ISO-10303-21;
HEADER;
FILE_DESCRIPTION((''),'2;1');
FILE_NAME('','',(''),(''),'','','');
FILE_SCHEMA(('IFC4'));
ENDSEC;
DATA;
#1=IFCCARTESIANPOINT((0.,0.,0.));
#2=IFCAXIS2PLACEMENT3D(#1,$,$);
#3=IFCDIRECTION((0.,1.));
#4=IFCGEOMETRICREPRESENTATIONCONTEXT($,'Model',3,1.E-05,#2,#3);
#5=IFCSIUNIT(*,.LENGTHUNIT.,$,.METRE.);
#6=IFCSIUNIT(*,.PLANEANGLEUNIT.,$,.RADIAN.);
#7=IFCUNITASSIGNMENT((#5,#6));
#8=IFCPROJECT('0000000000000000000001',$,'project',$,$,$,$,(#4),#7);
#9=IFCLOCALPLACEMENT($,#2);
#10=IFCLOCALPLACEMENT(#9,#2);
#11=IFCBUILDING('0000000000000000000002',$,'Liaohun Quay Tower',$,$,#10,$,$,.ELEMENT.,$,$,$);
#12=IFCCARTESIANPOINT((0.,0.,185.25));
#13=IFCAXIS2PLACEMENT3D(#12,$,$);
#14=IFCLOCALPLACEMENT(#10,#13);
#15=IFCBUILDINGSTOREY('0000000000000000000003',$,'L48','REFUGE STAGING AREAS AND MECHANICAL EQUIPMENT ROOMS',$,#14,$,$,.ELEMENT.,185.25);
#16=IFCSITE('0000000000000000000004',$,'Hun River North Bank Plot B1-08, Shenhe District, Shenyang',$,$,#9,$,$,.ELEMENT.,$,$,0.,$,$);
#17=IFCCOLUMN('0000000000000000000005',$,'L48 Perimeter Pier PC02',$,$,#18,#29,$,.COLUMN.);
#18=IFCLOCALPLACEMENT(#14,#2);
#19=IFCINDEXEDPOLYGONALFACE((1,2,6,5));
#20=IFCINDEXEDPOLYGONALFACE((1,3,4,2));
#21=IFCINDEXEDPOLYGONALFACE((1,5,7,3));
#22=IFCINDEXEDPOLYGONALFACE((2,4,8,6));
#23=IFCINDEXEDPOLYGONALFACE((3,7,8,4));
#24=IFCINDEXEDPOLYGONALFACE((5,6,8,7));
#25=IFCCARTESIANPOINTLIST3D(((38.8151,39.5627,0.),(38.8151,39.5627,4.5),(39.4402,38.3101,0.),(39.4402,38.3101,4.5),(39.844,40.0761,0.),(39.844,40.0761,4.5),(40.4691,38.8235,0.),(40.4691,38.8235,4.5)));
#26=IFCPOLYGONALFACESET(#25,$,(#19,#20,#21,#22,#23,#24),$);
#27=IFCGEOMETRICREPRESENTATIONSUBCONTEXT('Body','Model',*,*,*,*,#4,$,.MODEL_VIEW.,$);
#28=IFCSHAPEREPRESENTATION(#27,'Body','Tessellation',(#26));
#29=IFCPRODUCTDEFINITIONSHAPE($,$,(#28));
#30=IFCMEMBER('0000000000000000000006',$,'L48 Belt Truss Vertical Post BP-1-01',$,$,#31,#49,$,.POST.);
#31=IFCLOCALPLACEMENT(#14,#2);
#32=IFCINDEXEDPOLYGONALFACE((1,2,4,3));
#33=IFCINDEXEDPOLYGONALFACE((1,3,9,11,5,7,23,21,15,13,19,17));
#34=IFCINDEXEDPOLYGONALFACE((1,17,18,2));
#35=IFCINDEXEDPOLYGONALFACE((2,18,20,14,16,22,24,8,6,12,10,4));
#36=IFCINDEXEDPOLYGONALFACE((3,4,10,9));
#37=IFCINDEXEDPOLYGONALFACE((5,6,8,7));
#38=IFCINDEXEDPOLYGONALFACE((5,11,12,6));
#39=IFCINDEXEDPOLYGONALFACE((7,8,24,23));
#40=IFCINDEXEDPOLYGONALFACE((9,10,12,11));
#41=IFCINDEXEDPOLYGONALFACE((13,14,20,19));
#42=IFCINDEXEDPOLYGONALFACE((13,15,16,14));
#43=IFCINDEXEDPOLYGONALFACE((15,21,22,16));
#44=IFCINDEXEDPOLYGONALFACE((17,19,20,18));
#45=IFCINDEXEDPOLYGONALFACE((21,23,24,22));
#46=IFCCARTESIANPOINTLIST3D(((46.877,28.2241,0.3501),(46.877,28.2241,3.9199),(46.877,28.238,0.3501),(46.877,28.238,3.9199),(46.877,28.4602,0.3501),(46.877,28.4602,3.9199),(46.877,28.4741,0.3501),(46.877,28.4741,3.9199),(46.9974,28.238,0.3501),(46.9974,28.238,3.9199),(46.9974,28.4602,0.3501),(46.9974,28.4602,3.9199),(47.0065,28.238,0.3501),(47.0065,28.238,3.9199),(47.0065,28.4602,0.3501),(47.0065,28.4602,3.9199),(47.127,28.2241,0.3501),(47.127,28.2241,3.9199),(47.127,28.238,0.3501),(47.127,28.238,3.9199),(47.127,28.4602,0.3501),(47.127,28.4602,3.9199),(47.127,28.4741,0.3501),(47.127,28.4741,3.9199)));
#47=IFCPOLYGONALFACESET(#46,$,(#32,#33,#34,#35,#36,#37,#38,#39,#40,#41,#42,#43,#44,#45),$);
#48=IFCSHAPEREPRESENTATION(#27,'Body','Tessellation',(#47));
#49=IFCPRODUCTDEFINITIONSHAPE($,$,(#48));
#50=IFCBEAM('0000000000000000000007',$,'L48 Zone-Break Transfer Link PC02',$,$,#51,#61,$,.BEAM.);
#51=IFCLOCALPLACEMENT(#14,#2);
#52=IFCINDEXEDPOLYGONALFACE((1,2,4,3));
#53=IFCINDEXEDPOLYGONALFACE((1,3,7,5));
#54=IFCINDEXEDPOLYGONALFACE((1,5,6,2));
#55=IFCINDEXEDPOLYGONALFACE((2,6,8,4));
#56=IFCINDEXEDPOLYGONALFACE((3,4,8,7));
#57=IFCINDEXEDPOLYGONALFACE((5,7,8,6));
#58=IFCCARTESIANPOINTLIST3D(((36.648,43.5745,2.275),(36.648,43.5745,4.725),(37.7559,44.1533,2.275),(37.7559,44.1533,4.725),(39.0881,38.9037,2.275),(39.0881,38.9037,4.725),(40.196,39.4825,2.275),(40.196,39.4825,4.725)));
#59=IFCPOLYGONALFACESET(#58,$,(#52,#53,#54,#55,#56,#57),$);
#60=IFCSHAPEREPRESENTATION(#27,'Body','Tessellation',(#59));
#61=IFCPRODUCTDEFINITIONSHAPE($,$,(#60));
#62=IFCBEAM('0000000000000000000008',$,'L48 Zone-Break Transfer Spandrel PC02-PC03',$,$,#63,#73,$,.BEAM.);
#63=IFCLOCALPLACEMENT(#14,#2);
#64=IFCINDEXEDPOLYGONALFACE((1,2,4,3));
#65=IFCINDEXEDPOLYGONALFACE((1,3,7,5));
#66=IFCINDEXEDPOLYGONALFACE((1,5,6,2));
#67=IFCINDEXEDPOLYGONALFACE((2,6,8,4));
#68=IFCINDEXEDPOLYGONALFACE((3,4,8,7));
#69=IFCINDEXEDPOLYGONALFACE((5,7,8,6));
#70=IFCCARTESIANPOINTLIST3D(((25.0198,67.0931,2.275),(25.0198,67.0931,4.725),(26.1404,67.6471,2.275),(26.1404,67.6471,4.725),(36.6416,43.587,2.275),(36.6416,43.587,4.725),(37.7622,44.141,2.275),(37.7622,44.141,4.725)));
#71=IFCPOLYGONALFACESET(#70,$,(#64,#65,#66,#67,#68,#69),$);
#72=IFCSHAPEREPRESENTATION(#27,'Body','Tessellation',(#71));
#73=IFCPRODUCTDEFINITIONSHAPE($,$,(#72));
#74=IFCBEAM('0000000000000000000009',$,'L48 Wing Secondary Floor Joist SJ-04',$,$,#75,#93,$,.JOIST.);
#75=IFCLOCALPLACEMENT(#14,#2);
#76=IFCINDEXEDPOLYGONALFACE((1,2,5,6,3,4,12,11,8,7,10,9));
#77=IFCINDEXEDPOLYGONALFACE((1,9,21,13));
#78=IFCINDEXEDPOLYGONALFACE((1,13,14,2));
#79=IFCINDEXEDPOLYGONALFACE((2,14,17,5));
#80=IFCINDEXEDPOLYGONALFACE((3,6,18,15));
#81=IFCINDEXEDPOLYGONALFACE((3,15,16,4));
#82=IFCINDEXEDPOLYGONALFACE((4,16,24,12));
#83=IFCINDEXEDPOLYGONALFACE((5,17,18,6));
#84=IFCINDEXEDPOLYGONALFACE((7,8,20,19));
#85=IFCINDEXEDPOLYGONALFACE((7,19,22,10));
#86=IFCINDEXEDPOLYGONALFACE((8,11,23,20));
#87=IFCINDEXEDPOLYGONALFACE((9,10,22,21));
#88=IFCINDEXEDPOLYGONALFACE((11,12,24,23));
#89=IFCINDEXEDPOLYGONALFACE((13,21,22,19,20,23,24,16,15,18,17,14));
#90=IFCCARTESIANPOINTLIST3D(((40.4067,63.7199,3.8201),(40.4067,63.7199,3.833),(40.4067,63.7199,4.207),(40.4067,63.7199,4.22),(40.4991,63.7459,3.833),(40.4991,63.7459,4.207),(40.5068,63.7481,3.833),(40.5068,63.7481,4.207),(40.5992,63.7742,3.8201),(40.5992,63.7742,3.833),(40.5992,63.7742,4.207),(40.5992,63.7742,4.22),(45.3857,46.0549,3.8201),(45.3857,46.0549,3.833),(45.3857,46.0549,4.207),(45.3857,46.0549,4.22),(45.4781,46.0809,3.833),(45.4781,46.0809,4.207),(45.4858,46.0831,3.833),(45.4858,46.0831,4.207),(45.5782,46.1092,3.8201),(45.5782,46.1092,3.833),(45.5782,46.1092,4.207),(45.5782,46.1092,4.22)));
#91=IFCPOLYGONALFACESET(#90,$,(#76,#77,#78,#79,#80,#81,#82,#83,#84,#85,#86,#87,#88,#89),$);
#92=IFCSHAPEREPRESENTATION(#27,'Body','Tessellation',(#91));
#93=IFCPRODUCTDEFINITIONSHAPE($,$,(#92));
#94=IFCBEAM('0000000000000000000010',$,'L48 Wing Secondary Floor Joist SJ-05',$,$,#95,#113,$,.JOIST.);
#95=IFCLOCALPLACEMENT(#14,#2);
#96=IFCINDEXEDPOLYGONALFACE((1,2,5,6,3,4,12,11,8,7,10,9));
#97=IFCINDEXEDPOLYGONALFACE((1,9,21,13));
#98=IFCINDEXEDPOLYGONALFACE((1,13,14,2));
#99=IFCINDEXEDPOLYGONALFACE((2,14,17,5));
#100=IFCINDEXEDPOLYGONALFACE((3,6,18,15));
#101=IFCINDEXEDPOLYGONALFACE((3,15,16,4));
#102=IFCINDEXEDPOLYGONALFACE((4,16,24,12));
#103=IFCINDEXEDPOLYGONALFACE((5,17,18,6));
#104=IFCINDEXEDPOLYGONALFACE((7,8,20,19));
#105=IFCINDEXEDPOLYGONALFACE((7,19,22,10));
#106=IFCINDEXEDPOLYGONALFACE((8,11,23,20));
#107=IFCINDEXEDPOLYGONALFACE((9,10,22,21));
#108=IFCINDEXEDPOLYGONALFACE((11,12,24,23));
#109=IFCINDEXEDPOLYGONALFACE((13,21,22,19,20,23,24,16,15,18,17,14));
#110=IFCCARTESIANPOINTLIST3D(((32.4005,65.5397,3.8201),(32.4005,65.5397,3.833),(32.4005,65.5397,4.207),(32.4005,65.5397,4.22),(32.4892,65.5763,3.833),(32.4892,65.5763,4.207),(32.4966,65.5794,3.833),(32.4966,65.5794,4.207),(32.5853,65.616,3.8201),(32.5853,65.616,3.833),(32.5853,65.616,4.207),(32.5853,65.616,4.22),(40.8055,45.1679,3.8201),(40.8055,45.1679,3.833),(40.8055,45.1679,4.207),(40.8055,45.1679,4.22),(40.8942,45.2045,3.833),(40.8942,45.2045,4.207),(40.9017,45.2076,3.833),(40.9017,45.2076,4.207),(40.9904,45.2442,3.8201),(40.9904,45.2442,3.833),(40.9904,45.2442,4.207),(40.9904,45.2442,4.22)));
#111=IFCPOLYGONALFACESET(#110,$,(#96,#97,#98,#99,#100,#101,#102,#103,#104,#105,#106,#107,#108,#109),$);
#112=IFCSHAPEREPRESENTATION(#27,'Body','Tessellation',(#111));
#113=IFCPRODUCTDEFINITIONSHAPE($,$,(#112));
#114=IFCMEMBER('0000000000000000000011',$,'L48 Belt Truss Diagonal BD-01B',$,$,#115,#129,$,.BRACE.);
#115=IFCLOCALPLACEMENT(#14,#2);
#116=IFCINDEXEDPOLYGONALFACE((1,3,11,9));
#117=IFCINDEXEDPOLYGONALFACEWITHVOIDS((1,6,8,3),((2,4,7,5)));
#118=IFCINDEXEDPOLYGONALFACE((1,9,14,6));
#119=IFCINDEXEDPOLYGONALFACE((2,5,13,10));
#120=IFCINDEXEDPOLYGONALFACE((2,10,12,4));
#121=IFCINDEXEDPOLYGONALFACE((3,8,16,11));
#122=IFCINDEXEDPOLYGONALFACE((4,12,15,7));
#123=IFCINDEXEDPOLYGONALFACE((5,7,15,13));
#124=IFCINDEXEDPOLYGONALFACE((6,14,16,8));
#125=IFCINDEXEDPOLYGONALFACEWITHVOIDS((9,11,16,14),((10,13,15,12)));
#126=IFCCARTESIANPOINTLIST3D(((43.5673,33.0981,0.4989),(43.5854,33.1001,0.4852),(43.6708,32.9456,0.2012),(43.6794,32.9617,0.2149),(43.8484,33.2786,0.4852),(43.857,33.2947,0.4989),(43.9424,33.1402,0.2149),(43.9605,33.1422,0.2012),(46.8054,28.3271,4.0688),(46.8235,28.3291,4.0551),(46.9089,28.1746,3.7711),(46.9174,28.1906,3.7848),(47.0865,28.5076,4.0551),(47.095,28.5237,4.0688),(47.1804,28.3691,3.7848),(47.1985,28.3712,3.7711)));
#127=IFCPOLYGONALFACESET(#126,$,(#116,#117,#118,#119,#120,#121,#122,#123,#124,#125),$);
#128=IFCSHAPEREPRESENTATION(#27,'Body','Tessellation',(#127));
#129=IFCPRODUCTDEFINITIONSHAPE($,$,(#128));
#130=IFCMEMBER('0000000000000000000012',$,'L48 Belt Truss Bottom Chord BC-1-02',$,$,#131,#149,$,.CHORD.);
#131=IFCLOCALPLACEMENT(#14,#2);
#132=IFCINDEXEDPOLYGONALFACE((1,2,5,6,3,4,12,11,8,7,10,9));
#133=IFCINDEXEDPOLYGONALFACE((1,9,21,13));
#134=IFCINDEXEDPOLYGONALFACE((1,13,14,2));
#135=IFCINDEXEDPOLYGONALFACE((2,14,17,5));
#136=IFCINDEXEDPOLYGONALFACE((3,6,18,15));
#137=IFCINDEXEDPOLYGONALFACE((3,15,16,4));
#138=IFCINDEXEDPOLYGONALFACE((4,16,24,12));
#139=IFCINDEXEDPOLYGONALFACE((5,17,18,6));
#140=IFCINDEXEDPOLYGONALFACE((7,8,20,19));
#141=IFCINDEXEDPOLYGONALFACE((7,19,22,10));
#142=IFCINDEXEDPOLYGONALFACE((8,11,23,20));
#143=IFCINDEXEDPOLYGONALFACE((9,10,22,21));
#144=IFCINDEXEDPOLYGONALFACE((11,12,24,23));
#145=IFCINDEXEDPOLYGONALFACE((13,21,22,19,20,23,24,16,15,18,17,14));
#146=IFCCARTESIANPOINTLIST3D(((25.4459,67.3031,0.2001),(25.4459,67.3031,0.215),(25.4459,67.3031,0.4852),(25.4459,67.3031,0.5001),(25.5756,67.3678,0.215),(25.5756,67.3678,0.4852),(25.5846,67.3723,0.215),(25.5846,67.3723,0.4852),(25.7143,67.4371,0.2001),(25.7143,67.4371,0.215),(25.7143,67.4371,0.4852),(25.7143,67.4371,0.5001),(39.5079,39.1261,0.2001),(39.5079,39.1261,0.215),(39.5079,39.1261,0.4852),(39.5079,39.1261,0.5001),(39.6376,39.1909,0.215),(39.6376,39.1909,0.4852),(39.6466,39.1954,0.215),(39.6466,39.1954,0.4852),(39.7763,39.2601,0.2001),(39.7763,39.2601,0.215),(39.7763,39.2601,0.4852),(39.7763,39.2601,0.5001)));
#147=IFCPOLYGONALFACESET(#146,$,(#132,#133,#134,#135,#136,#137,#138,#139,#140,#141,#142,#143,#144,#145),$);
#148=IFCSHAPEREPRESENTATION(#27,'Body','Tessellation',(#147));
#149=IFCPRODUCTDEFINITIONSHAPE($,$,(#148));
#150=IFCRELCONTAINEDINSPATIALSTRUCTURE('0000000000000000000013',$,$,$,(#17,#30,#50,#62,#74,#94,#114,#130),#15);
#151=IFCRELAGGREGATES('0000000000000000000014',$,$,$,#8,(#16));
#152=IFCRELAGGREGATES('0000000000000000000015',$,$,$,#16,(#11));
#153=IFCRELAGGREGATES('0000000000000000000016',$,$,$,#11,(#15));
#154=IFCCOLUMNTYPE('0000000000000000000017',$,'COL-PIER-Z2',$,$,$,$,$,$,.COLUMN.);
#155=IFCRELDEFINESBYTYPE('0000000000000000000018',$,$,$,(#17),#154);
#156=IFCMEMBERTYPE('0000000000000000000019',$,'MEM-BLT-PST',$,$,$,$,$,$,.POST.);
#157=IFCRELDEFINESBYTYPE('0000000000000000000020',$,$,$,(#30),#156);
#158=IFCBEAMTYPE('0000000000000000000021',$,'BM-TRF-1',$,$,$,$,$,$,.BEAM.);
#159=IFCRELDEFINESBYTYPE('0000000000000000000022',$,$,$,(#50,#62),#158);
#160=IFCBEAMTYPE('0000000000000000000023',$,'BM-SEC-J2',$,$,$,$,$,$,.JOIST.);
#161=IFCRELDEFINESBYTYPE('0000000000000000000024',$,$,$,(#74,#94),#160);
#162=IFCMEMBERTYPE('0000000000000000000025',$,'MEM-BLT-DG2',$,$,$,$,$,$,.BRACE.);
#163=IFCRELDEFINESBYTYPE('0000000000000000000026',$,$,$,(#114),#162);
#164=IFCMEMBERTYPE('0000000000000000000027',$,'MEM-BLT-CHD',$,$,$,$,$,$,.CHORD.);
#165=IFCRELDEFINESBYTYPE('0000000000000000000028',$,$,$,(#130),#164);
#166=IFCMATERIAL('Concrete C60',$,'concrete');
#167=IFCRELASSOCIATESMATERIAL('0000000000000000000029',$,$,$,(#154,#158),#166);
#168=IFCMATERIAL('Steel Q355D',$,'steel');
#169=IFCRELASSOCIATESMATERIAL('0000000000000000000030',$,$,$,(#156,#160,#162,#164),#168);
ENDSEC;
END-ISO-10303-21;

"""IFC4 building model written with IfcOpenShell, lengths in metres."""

from ifc_helpers import new_model, si_unit, direction, frame, origin, origin_2d, place, context, subcontext, project, spatial, rectangle, hollow_rectangle, i_section, extrude, source, transform, mapped, material, material_profile, profile_set, type_object, element, save


model = new_model("IFC4")

# Units and contexts
model_context = context("Model", 3, precision=1e-05, world=origin(), true_north=direction((0.0, 1.0)))
body_context = subcontext(model_context, "Body", "Model", "MODEL_VIEW")
ifc_project = project(units=[si_unit("LENGTHUNIT", "METRE"), si_unit("PLANEANGLEUNIT", "RADIAN")], contexts=[model_context])

# Site, building, storey
site_placement = place(None, origin())
site = spatial("IfcSite", under=ifc_project, at=site_placement, Name="Hun River North Bank Plot B1-08, Shenhe District, Shenyang", CompositionType="ELEMENT", RefElevation=0.0)
building_placement = place(site_placement, origin())
building = spatial("IfcBuilding", under=site, at=building_placement, Name="Liaohun Quay Tower", CompositionType="ELEMENT")
storey_placement = place(building_placement, frame((0.0, 0.0, 185.25)))
storey = spatial("IfcBuildingStorey", under=building, at=storey_placement, Name="L48", Description="REFUGE STAGING AREAS AND MECHANICAL EQUIPMENT ROOMS", CompositionType="ELEMENT", Elevation=185.25)

# Column
ifc_material_1 = material(Name="Concrete C60", Category="concrete")
ifc_material_profile_1 = material_profile(ifc_material_1, rectangle(XDim=1.3999, YDim=1.1499, at=origin_2d()), Name="RC1400x1150")
ifc_profile_set_1 = profile_set([ifc_material_profile_1], Name="Concrete C60")
column_type = type_object("IfcColumnType", Name="COL-PIER-Z2", PredefinedType="COLUMN", material=ifc_profile_set_1)
shared_shape_1 = source(origin(), body_context, "Body", "SweptSolid", [
    extrude(rectangle(XDim=1.3999, YDim=1.1499, at=origin_2d()), origin(), (0.0, 0.0, 1.0), 4.5),
])
column_placement = place(storey_placement, frame((39.6421, 39.1931, 0.0), z_axis=(0.0, 0.0, 1.0), x_axis=(-0.44651, 0.894779, 0.0)))
element("IfcColumn", 1, at=column_placement, inside=storey, type_object=column_type, Name="L48 Perimeter Pier PC02", PredefinedType="COLUMN", context=body_context, shape_type="MappedRepresentation", body=[
    mapped(shared_shape_1, transform((0.0, 0.0, 0.0), x_axis=(1.0, 0.0, 0.0), y_axis=(0.0, 1.0, 0.0), z_axis=(0.0, 0.0, 1.0), scale=1.0)),
])

# Member
ifc_material_2 = material(Name="Steel Q355D", Category="steel")
ifc_material_profile_2 = material_profile(ifc_material_2, i_section(OverallWidth=0.25, OverallDepth=0.25, WebThickness=0.009, FlangeThickness=0.0139, at=origin_2d()), Name="HW250x250x9x14")
ifc_profile_set_2 = profile_set([ifc_material_profile_2], Name="Steel Q355D")
member_type_1 = type_object("IfcMemberType", Name="MEM-BLT-PST", PredefinedType="POST", material=ifc_profile_set_2)
shared_shape_2 = source(origin(), body_context, "Body", "SweptSolid", [
    extrude(i_section(OverallWidth=0.25, OverallDepth=0.25, WebThickness=0.009, FlangeThickness=0.0139, at=origin_2d()), origin(), (0.0, 0.0, 1.0), 3.5698),
])
member_1_placement = place(storey_placement, frame((47.002, 28.3491, 0.3501), z_axis=(0.0, 0.0, 1.0), x_axis=(1.0, 0.0, 0.0)))
element("IfcMember", 2, at=member_1_placement, inside=storey, type_object=member_type_1, Name="L48 Belt Truss Vertical Post BP-1-01", PredefinedType="POST", context=body_context, shape_type="MappedRepresentation", body=[
    mapped(shared_shape_2, transform((0.0, 0.0, 0.0), x_axis=(1.0, 0.0, 0.0), y_axis=(0.0, 1.0, 0.0), z_axis=(0.0, 0.0, 1.0), scale=1.0)),
])

# Beams
ifc_material_profile_3 = material_profile(ifc_material_1, rectangle(XDim=1.25, YDim=2.45, at=origin_2d()), Name="RC1250x2450")
ifc_profile_set_3 = profile_set([ifc_material_profile_3], Name="Concrete C60")
beam_type_1 = type_object("IfcBeamType", Name="BM-TRF-1", PredefinedType="BEAM", material=ifc_profile_set_3)
shared_shape_3 = source(origin(), body_context, "Body", "SweptSolid", [
    extrude(rectangle(XDim=1.25, YDim=2.45, at=origin_2d()), origin(), (0.0, 0.0, 1.0), 5.2698),
])
beam_1_placement = place(storey_placement, frame((39.6421, 39.1931, 3.5), z_axis=(-0.463042, 0.886336, 0.0), x_axis=(-0.886336, -0.463042, 0.0)))
element("IfcBeam", 3, at=beam_1_placement, inside=storey, type_object=beam_type_1, Name="L48 Zone-Break Transfer Link PC02", PredefinedType="BEAM", context=body_context, shape_type="MappedRepresentation", body=[
    mapped(shared_shape_3, transform((0.0, 0.0, 0.0), x_axis=(1.0, 0.0, 0.0), y_axis=(0.0, 1.0, 0.0), z_axis=(0.0, 0.0, 1.0), scale=1.0)),
])
shared_shape_4 = source(origin(), body_context, "Body", "SweptSolid", [
    extrude(rectangle(XDim=1.25, YDim=2.45, at=origin_2d()), origin(), (0.0, 0.0, 1.0), 26.2222),
])
beam_2_placement = place(storey_placement, frame((37.2019, 43.864, 3.5), z_axis=(-0.443206, 0.89642, 0.0), x_axis=(-0.89642, -0.443206, 0.0)))
element("IfcBeam", 4, at=beam_2_placement, inside=storey, type_object=beam_type_1, Name="L48 Zone-Break Transfer Spandrel PC02-PC03", PredefinedType="BEAM", context=body_context, shape_type="MappedRepresentation", body=[
    mapped(shared_shape_4, transform((0.0, 0.0, 0.0), x_axis=(1.0, 0.0, 0.0), y_axis=(0.0, 1.0, 0.0), z_axis=(0.0, 0.0, 1.0), scale=1.0)),
])
ifc_material_profile_4 = material_profile(ifc_material_2, i_section(OverallWidth=0.2, OverallDepth=0.3999, WebThickness=0.0081, FlangeThickness=0.0129, at=origin_2d()), Name="HN400x200x8x13")
ifc_profile_set_4 = profile_set([ifc_material_profile_4], Name="Steel Q355D")
beam_type_2 = type_object("IfcBeamType", Name="BM-SEC-J2", PredefinedType="JOIST", material=ifc_profile_set_4)
shared_shape_5 = source(origin(), body_context, "Body", "SweptSolid", [
    extrude(i_section(OverallWidth=0.2, OverallDepth=0.3999, WebThickness=0.0081, FlangeThickness=0.0129, at=origin_2d()), origin(), (0.0, 0.0, 1.0), 18.3533),
])
beam_3_placement = place(storey_placement, frame((45.4819, 46.082, 4.02), z_axis=(-0.271286, 0.962499, 0.0), x_axis=(-0.962499, -0.271286, 0.0)))
element("IfcBeam", 5, at=beam_3_placement, inside=storey, type_object=beam_type_2, Name="L48 Wing Secondary Floor Joist SJ-04", PredefinedType="JOIST", context=body_context, shape_type="MappedRepresentation", body=[
    mapped(shared_shape_5, transform((0.0, 0.0, 0.0), x_axis=(1.0, 0.0, 0.0), y_axis=(0.0, 1.0, 0.0), z_axis=(0.0, 0.0, 1.0), scale=1.0)),
])
shared_shape_6 = source(origin(), body_context, "Body", "SweptSolid", [
    extrude(i_section(OverallWidth=0.2, OverallDepth=0.3999, WebThickness=0.0081, FlangeThickness=0.0129, at=origin_2d()), origin(), (0.0, 0.0, 1.0), 22.0376),
])
beam_4_placement = place(storey_placement, frame((40.8979, 45.2061, 4.02), z_axis=(-0.381395, 0.924412, 0.0), x_axis=(-0.924412, -0.381395, 0.0)))
element("IfcBeam", 6, at=beam_4_placement, inside=storey, type_object=beam_type_2, Name="L48 Wing Secondary Floor Joist SJ-05", PredefinedType="JOIST", context=body_context, shape_type="MappedRepresentation", body=[
    mapped(shared_shape_6, transform((0.0, 0.0, 0.0), x_axis=(1.0, 0.0, 0.0), y_axis=(0.0, 1.0, 0.0), z_axis=(0.0, 0.0, 1.0), scale=1.0)),
])

# Members
ifc_material_profile_5 = material_profile(ifc_material_2, hollow_rectangle(XDim=0.3501, YDim=0.3501, WallThickness=0.0161, at=origin_2d()), Name="SHS350x350x16")
ifc_profile_set_5 = profile_set([ifc_material_profile_5], Name="Steel Q355D")
member_type_2 = type_object("IfcMemberType", Name="MEM-BLT-DG2", PredefinedType="BRACE", material=ifc_profile_set_5)
shared_shape_7 = source(origin(), body_context, "Body", "SweptSolid", [
    extrude(hollow_rectangle(XDim=0.3501, YDim=0.3501, WallThickness=0.0161, at=origin_2d()), origin(), (0.0, 0.0, 1.0), 6.7817),
])
member_2_placement = place(storey_placement, frame((47.002, 28.3491, 3.9199), z_axis=(-0.47747, 0.703514, -0.526394), x_axis=(-0.827429, -0.56157, 0.0)))
element("IfcMember", 7, at=member_2_placement, inside=storey, type_object=member_type_2, Name="L48 Belt Truss Diagonal BD-01B", PredefinedType="BRACE", context=body_context, shape_type="MappedRepresentation", body=[
    mapped(shared_shape_7, transform((0.0, 0.0, 0.0), x_axis=(1.0, 0.0, 0.0), y_axis=(0.0, 1.0, 0.0), z_axis=(0.0, 0.0, 1.0), scale=1.0)),
])
ifc_material_profile_6 = material_profile(ifc_material_2, i_section(OverallWidth=0.3, OverallDepth=0.3, WebThickness=0.01, FlangeThickness=0.0149, at=origin_2d()), Name="HW300x300x10x15")
ifc_profile_set_6 = profile_set([ifc_material_profile_6], Name="Steel Q355D")
member_type_3 = type_object("IfcMemberType", Name="MEM-BLT-CHD", PredefinedType="CHORD", material=ifc_profile_set_6)
shared_shape_8 = source(origin(), body_context, "Body", "SweptSolid", [
    extrude(i_section(OverallWidth=0.3, OverallDepth=0.3, WebThickness=0.01, FlangeThickness=0.0149, at=origin_2d()), origin(), (0.0, 0.0, 1.0), 31.491),
])
member_3_placement = place(storey_placement, frame((39.6421, 39.1931, 0.3501), z_axis=(-0.446541, 0.894763, 0.0), x_axis=(-0.894763, -0.446541, 0.0)))
element("IfcMember", 8, at=member_3_placement, inside=storey, type_object=member_type_3, Name="L48 Belt Truss Bottom Chord BC-1-02", PredefinedType="CHORD", context=body_context, shape_type="MappedRepresentation", body=[
    mapped(shared_shape_8, transform((0.0, 0.0, 0.0), x_axis=(1.0, 0.0, 0.0), y_axis=(0.0, 1.0, 0.0), z_axis=(0.0, 0.0, 1.0), scale=1.0)),
])

save(model, "model.ifc")
